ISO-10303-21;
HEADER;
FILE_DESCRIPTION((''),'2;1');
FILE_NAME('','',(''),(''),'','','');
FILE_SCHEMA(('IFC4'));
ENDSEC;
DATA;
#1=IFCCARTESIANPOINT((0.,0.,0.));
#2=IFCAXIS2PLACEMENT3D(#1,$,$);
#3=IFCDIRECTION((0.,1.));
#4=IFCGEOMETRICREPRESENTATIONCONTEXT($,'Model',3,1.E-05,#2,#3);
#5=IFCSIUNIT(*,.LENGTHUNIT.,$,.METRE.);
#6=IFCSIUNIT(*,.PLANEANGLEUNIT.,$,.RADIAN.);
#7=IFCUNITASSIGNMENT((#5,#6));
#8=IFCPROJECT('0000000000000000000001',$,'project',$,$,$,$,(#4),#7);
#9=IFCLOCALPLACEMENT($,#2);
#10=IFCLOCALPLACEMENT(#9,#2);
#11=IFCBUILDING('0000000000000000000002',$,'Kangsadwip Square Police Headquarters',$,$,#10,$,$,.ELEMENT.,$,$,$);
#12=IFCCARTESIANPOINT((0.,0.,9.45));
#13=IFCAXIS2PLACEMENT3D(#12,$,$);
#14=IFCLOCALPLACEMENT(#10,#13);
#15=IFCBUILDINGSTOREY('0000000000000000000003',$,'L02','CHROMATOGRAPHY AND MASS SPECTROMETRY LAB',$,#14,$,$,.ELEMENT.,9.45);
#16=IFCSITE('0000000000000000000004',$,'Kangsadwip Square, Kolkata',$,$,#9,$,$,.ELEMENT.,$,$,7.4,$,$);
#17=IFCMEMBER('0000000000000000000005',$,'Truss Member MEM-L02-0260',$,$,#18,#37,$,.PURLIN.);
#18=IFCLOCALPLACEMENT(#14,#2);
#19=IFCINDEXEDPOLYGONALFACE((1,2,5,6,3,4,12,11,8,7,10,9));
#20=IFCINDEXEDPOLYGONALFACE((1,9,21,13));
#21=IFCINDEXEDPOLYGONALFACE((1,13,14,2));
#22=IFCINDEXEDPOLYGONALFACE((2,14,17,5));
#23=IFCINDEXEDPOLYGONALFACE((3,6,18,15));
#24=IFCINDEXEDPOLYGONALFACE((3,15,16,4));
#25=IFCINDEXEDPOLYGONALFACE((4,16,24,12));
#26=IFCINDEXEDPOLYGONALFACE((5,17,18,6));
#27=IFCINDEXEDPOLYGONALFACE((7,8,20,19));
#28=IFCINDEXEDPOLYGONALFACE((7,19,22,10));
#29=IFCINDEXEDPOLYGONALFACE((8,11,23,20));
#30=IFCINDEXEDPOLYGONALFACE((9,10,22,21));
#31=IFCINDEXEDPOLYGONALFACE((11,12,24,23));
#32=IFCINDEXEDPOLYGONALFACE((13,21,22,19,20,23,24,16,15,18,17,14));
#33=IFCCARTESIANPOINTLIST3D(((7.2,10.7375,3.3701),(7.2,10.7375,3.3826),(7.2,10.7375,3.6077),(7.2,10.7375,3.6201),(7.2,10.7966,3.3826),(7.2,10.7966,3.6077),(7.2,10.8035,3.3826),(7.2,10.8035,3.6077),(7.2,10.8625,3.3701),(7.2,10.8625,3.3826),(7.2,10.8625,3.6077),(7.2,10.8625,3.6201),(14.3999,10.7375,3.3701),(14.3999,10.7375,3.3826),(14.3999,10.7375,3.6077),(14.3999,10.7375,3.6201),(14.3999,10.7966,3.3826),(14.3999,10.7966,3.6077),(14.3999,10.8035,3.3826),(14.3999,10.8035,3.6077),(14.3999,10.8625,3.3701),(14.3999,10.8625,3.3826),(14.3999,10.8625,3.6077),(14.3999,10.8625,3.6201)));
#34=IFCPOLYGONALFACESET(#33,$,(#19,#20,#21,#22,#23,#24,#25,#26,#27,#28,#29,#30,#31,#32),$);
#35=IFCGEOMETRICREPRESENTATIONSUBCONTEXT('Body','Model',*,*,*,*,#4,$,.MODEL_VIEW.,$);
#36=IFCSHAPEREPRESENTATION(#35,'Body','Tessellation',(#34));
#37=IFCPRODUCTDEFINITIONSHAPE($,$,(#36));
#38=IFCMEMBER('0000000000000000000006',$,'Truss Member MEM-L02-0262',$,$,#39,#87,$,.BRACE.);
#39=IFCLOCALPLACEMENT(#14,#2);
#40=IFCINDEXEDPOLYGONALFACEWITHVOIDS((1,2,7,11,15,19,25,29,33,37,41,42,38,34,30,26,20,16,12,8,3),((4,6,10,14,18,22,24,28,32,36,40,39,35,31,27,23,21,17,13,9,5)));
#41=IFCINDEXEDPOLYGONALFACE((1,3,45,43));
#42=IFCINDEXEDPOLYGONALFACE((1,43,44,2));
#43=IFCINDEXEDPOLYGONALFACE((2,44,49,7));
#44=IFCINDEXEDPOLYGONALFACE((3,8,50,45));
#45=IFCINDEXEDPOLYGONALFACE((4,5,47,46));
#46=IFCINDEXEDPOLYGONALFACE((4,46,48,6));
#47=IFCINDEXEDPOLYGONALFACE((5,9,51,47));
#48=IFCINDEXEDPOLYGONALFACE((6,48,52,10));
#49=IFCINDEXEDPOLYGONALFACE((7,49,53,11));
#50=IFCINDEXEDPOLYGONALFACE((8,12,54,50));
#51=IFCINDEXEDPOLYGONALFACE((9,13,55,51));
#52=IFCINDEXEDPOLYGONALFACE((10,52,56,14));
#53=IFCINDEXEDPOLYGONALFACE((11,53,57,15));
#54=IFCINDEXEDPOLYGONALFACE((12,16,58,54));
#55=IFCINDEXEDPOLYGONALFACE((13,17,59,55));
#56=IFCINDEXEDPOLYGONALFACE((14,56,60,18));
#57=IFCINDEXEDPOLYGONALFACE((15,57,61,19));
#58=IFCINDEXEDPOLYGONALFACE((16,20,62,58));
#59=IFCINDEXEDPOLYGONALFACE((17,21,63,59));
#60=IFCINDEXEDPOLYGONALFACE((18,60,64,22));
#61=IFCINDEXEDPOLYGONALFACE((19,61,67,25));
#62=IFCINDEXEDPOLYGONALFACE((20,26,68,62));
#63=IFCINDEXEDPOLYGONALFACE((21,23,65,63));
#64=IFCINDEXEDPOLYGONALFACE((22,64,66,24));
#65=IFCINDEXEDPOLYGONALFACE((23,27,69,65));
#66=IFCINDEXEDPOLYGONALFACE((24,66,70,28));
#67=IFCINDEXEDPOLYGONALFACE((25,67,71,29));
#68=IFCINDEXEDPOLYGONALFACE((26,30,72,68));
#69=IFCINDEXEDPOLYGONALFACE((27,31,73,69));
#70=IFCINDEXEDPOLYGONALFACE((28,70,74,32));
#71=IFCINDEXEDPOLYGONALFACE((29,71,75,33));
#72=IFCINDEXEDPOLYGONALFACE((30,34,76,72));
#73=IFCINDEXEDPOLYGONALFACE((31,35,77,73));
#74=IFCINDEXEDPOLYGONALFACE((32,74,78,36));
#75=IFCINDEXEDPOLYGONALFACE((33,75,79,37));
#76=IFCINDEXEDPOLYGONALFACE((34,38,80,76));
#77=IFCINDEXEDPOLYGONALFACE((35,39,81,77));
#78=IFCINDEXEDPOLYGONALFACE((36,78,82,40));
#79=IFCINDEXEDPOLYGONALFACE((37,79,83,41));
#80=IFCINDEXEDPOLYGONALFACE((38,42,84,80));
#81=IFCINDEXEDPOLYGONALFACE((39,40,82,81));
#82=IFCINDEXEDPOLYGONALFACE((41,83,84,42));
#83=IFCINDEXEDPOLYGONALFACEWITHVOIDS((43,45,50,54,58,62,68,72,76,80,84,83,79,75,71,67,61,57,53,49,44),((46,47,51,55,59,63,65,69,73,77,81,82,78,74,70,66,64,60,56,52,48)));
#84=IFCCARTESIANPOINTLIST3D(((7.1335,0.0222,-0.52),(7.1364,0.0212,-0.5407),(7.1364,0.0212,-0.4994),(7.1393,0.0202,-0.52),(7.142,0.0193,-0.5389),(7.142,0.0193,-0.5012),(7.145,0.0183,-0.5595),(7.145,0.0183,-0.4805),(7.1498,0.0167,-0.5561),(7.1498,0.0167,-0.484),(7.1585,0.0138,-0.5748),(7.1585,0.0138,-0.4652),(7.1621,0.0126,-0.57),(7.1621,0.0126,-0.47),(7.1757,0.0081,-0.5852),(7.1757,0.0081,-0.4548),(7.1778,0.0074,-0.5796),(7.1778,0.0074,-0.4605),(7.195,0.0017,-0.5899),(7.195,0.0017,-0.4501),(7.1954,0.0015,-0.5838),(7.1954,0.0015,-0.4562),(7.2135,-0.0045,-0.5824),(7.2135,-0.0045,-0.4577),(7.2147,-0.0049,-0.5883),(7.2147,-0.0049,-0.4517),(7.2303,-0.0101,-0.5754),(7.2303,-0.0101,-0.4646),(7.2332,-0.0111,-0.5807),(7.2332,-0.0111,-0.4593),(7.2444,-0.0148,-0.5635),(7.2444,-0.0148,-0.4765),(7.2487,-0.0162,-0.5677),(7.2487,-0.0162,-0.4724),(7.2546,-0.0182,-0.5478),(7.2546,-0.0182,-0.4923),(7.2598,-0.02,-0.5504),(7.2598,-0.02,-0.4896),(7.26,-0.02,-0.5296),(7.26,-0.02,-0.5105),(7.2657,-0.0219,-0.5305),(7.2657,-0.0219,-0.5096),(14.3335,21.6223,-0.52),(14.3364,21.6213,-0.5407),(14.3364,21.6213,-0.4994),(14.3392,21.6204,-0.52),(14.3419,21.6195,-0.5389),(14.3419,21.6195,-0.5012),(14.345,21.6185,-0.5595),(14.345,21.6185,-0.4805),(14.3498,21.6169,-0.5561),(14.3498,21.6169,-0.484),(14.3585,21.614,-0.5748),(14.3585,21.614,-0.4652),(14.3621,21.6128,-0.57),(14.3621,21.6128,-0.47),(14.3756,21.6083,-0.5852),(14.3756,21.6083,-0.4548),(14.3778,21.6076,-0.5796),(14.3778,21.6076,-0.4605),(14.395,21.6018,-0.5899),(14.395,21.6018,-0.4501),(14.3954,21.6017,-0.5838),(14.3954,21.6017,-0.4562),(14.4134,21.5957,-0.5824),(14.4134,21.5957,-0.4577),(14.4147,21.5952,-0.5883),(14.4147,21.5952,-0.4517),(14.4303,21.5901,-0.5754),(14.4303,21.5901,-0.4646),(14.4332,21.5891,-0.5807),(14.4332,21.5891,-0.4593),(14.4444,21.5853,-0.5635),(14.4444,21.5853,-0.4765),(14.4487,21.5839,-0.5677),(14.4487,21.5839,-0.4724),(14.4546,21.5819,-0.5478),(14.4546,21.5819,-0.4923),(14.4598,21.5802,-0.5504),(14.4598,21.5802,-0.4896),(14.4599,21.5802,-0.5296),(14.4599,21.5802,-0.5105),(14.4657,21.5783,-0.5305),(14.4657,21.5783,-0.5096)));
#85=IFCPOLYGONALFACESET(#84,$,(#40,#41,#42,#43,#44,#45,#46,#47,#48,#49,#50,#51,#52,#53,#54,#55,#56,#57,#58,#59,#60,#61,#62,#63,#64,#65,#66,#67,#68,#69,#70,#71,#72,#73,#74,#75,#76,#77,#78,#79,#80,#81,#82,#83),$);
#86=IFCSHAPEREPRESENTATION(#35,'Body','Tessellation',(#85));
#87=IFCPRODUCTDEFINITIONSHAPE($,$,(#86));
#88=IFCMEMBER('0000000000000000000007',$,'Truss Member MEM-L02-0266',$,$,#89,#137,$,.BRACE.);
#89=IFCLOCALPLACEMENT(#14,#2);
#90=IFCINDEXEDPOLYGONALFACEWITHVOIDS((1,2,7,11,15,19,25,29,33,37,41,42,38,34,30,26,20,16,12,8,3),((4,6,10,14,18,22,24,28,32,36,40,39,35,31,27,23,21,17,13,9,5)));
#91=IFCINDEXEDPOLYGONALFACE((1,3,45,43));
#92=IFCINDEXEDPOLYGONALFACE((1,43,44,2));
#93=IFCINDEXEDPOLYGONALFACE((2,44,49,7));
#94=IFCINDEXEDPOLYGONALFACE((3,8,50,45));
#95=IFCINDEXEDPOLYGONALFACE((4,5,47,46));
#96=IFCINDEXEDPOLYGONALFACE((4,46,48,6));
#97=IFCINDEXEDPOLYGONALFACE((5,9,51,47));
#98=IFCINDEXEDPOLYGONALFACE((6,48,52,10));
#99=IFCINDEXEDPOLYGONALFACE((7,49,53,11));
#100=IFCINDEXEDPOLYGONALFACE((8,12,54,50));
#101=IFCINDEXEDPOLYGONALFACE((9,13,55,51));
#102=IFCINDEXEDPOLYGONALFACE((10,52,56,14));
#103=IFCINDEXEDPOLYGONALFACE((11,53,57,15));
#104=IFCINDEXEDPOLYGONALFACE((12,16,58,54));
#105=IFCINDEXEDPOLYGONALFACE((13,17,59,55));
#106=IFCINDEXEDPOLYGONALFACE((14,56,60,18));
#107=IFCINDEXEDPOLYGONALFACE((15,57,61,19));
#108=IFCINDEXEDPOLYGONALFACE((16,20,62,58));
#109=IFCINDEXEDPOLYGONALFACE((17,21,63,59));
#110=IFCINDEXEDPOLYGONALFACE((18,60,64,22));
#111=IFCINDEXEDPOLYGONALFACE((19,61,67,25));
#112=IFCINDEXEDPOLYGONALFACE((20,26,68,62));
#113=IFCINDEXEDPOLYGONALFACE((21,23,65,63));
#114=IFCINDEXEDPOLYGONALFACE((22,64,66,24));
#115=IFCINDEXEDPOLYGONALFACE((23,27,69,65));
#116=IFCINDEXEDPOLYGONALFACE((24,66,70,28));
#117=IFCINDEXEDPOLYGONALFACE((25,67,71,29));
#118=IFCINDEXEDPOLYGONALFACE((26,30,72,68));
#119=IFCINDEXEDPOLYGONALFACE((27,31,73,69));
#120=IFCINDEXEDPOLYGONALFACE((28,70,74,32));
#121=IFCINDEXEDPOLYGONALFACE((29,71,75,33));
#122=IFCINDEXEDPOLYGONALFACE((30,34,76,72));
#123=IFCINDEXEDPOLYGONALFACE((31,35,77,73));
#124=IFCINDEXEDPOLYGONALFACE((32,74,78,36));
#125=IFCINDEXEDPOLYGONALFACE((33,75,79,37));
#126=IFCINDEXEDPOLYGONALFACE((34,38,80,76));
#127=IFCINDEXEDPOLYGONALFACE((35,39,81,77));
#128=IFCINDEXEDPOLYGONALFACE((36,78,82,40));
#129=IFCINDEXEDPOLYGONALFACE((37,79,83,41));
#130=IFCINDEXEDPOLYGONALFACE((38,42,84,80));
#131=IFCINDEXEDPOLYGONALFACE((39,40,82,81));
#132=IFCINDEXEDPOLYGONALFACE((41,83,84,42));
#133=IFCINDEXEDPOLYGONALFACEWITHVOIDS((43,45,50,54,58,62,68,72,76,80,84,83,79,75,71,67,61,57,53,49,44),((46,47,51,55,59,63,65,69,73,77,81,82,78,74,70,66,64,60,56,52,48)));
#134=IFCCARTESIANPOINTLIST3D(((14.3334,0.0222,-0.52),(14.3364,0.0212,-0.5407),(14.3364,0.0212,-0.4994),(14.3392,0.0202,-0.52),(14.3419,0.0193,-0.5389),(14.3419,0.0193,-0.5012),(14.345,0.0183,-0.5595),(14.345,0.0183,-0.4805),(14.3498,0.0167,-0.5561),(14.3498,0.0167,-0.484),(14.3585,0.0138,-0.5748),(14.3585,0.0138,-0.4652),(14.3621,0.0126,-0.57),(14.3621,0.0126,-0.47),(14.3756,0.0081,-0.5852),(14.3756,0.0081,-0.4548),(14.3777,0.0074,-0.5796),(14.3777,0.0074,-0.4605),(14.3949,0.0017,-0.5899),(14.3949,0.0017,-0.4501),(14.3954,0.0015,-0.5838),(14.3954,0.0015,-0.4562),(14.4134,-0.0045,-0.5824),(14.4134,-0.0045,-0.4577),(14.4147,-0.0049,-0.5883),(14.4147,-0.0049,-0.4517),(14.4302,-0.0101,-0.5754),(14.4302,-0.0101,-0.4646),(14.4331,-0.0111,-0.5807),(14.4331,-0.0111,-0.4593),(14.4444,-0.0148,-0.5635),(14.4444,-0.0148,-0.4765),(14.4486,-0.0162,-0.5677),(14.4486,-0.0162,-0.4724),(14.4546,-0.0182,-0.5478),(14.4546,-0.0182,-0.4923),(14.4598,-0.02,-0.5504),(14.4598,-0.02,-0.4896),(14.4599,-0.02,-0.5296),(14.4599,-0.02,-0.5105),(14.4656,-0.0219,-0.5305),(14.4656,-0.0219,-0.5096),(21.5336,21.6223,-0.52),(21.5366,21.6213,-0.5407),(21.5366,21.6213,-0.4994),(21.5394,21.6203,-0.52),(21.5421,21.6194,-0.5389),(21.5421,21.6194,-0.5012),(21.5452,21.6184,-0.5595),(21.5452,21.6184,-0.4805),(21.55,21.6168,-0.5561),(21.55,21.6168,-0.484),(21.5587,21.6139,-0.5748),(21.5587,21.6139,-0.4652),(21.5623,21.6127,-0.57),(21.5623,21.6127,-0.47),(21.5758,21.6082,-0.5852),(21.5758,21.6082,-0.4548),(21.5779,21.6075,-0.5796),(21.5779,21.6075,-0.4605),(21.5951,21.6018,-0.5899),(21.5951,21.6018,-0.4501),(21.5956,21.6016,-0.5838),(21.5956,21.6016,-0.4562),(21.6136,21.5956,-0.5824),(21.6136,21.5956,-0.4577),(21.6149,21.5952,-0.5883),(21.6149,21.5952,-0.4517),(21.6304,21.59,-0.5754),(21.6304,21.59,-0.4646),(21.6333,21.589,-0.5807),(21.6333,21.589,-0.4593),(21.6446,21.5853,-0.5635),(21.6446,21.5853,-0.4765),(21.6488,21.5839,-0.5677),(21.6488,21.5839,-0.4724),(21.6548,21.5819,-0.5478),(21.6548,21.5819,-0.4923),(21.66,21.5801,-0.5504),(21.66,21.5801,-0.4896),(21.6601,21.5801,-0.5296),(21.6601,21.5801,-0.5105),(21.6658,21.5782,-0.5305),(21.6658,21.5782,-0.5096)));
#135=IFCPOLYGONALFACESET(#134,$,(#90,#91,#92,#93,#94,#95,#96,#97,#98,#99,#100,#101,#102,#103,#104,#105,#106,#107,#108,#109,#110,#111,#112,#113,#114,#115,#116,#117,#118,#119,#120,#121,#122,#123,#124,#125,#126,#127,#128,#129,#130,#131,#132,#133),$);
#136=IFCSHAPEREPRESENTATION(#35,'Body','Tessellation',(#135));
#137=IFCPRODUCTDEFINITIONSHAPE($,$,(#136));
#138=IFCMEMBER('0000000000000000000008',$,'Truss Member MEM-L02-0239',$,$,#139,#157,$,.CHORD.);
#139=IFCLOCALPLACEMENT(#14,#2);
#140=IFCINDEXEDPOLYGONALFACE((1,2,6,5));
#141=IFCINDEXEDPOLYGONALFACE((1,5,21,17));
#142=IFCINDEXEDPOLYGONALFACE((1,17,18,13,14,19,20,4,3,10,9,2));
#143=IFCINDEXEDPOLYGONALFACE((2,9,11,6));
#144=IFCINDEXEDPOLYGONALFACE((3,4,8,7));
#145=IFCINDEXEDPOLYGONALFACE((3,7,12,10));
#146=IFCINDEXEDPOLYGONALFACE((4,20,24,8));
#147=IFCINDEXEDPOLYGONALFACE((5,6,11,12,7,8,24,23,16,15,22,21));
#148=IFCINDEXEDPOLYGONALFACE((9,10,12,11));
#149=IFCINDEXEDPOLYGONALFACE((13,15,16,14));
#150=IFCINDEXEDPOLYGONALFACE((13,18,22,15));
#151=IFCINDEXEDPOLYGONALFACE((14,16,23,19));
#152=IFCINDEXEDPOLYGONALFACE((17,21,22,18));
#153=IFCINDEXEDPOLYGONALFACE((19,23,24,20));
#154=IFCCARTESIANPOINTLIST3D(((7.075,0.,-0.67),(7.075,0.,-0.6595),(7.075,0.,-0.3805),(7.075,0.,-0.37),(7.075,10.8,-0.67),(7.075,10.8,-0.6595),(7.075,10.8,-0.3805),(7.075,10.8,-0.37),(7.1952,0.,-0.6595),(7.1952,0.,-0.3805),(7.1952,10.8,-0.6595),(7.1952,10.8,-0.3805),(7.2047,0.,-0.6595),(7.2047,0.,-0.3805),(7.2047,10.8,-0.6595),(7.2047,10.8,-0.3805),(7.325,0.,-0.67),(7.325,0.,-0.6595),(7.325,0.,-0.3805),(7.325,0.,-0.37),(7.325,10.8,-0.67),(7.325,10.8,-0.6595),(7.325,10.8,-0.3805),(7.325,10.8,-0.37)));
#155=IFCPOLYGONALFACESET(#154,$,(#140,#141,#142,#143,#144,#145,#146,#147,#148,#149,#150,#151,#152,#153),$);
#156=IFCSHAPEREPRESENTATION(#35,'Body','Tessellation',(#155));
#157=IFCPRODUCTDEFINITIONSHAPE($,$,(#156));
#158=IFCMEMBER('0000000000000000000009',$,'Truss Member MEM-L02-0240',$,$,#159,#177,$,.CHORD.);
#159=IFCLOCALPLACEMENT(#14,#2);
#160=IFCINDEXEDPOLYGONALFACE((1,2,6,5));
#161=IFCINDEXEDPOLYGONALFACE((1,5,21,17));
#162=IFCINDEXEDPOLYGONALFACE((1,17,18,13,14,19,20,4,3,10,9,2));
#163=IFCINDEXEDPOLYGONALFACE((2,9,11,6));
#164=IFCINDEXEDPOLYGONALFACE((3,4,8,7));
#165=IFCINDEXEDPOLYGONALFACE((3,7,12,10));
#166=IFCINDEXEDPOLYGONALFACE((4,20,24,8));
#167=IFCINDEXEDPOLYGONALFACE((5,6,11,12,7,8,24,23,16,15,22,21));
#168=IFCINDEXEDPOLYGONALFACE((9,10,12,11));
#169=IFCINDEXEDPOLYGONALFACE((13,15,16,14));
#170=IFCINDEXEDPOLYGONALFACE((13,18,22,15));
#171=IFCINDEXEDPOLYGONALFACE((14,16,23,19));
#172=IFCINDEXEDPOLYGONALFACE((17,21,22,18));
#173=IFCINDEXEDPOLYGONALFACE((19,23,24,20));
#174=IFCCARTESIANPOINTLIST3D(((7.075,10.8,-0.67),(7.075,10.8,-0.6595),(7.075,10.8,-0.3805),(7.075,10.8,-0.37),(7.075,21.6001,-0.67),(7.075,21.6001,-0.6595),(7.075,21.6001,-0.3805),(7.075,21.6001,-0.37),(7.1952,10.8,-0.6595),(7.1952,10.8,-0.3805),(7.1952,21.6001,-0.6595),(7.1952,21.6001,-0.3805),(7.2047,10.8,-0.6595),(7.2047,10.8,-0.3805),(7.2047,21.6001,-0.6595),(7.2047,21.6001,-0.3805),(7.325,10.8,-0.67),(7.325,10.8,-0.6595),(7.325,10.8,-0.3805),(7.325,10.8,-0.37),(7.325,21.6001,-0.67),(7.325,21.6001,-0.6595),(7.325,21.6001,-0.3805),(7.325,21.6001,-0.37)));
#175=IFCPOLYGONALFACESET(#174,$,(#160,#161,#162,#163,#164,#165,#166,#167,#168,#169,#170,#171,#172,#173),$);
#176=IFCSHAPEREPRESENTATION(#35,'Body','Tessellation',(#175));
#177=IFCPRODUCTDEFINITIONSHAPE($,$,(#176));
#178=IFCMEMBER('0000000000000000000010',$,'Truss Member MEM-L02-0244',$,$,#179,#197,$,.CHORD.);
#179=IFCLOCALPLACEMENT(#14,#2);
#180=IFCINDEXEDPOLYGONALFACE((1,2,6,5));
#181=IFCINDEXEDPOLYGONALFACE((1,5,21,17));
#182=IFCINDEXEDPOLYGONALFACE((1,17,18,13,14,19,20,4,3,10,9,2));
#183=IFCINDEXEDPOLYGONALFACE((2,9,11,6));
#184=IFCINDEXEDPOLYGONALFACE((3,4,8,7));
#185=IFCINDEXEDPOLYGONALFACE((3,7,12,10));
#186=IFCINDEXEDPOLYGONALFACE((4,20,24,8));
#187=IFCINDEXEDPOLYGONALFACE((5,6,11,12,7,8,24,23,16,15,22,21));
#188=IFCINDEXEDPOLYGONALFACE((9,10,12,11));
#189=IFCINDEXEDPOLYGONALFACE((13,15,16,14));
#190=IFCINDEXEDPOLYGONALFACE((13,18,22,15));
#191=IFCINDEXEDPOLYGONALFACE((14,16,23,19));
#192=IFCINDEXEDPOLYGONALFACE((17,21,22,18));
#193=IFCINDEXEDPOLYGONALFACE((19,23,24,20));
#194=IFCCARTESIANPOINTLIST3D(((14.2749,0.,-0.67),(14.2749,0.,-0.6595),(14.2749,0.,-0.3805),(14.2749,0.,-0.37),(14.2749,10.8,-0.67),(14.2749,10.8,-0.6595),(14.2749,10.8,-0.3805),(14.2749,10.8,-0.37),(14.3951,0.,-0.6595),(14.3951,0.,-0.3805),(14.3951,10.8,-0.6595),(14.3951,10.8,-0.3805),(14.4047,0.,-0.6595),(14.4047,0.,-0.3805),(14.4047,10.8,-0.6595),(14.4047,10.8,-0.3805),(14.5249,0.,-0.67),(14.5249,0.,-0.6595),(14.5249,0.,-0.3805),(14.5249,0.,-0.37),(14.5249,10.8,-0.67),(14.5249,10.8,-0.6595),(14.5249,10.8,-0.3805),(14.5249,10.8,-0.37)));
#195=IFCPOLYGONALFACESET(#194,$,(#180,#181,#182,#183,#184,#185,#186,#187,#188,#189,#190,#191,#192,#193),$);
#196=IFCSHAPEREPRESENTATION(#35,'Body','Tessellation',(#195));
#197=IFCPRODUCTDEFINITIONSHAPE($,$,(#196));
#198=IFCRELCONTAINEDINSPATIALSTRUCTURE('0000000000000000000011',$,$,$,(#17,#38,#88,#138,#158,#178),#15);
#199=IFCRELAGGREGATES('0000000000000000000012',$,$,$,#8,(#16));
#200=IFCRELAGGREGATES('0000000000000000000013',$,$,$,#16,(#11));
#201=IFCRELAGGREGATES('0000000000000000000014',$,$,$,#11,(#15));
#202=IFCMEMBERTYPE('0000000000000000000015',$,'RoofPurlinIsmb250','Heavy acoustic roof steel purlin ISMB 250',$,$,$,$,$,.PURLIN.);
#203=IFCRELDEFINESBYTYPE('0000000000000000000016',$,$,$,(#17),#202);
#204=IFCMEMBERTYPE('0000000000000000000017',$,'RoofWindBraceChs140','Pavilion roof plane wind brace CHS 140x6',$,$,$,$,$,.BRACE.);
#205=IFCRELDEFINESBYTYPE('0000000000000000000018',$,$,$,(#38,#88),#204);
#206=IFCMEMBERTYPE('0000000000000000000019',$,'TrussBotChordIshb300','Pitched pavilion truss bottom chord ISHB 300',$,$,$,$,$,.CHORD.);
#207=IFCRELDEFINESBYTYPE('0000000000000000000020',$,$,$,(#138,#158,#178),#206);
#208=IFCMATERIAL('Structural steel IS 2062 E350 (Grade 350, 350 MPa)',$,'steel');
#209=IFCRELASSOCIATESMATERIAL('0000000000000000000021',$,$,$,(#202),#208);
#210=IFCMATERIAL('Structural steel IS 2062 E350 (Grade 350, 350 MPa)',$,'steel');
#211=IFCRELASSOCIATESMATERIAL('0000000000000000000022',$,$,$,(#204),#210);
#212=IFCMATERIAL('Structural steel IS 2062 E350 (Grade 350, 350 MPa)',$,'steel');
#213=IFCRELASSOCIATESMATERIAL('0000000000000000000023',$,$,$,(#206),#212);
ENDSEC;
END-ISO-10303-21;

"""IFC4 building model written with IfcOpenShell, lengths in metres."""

from ifc_helpers import new_model, si_unit, direction, frame, origin, origin_2d, place, context, subcontext, project, spatial, hollow_circle, i_section, extrude, material, material_profile, profile_set, type_object, element, save


model = new_model("IFC4")

# Units and contexts
model_context = context("Model", 3, precision=1e-05, world=origin(), true_north=direction((0.0, 1.0)))
body_context = subcontext(model_context, "Body", "Model", "MODEL_VIEW")
ifc_project = project(units=[si_unit("LENGTHUNIT", "METRE"), si_unit("PLANEANGLEUNIT", "RADIAN")], contexts=[model_context])

# Site, building, storey
site_placement = place(None, origin())
site = spatial("IfcSite", under=ifc_project, at=site_placement, Name="Kangsadwip Square, Kolkata", CompositionType="ELEMENT", RefElevation=7.4)
building_placement = place(site_placement, origin())
building = spatial("IfcBuilding", under=site, at=building_placement, Name="Kangsadwip Square Police Headquarters", CompositionType="ELEMENT")
storey_placement = place(building_placement, frame((0.0, 0.0, 9.45)))
storey = spatial("IfcBuildingStorey", under=building, at=storey_placement, Name="L02", Description="CHROMATOGRAPHY AND MASS SPECTROMETRY LAB", CompositionType="ELEMENT", Elevation=9.45)

# Members
ifc_material_1 = material(Name="Structural steel IS 2062 E350 (Grade 350, 350 MPa)", Category="steel")
ifc_material_profile_1 = material_profile(ifc_material_1, i_section(OverallWidth=0.125, OverallDepth=0.25, WebThickness=0.0068, FlangeThickness=0.0125, at=origin_2d()), Name="ISMB 250")
ifc_profile_set_1 = profile_set([ifc_material_profile_1], Name="Structural steel IS 2062 E350 (Grade 350, 350 MPa)")
member_type_1 = type_object("IfcMemberType", Name="RoofPurlinIsmb250", Description="Heavy acoustic roof steel purlin ISMB 250", PredefinedType="PURLIN", material=ifc_profile_set_1)
for number, where, z_axis, x_axis, name in (
    (1, (7.2, 10.8, 3.4951), (1.0, 0.0, 0.0), (0.0, 1.0, 0.0), "Truss Member MEM-L02-0260"),
):
    element("IfcMember", number, at=place(storey_placement, frame(where, z_axis=z_axis, x_axis=x_axis)), inside=storey, type_object=member_type_1, Name=name, PredefinedType="PURLIN", context=body_context, shape_type="SweptSolid", body=[
        extrude(i_section(OverallWidth=0.125, OverallDepth=0.25, WebThickness=0.0068, FlangeThickness=0.0125, at=origin_2d()), origin(), (0.0, 0.0, 1.0), 7.2),
    ])
ifc_material_2 = material(Name="Structural steel IS 2062 E350 (Grade 350, 350 MPa)", Category="steel")
ifc_material_profile_2 = material_profile(ifc_material_2, hollow_circle(Radius=0.0701, WallThickness=0.0061, at=origin_2d()), Name="CHS 140X6")
ifc_profile_set_2 = profile_set([ifc_material_profile_2], Name="Structural steel IS 2062 E350 (Grade 350, 350 MPa)")
member_type_2 = type_object("IfcMemberType", Name="RoofWindBraceChs140", Description="Pavilion roof plane wind brace CHS 140x6", PredefinedType="BRACE", material=ifc_profile_set_2)
for number, where, z_axis, x_axis, name in (
    (2, (7.2, 0.0, -0.52), (0.316225, 0.948684, 0.0), (-0.948684, 0.316225, 0.0), "Truss Member MEM-L02-0262"),
    (3, (14.3999, 0.0, -0.52), (0.316234, 0.948681, 0.0), (-0.948681, 0.316234, 0.0), "Truss Member MEM-L02-0266"),
):
    element("IfcMember", number, at=place(storey_placement, frame(where, z_axis=z_axis, x_axis=x_axis)), inside=storey, type_object=member_type_2, Name=name, PredefinedType="BRACE", context=body_context, shape_type="SweptSolid", body=[
        extrude(hollow_circle(Radius=0.0701, WallThickness=0.0061, at=origin_2d()), origin(), (0.0, 0.0, 1.0), 22.7686),
    ])
ifc_material_3 = material(Name="Structural steel IS 2062 E350 (Grade 350, 350 MPa)", Category="steel")
ifc_material_profile_3 = material_profile(ifc_material_3, i_section(OverallWidth=0.25, OverallDepth=0.3, WebThickness=0.0095, FlangeThickness=0.0105, at=origin_2d()), Name="ISHB 300")
ifc_profile_set_3 = profile_set([ifc_material_profile_3], Name="Structural steel IS 2062 E350 (Grade 350, 350 MPa)")
member_type_3 = type_object("IfcMemberType", Name="TrussBotChordIshb300", Description="Pitched pavilion truss bottom chord ISHB 300", PredefinedType="CHORD", material=ifc_profile_set_3)
for number, where, z_axis, x_axis, name in (
    (4, (7.2, 0.0, -0.52), (0.0, 1.0, 0.0), (-1.0, 0.0, 0.0), "Truss Member MEM-L02-0239"),
    (5, (7.2, 10.8, -0.52), (0.0, 1.0, 0.0), (-1.0, 0.0, 0.0), "Truss Member MEM-L02-0240"),
    (6, (14.3999, 0.0, -0.52), (0.0, 1.0, 0.0), (-1.0, 0.0, 0.0), "Truss Member MEM-L02-0244"),
):
    element("IfcMember", number, at=place(storey_placement, frame(where, z_axis=z_axis, x_axis=x_axis)), inside=storey, type_object=member_type_3, Name=name, PredefinedType="CHORD", context=body_context, shape_type="SweptSolid", body=[
        extrude(i_section(OverallWidth=0.25, OverallDepth=0.3, WebThickness=0.0095, FlangeThickness=0.0105, at=origin_2d()), origin(), (0.0, 0.0, 1.0), 10.8),
    ])

save(model, "model.ifc")
